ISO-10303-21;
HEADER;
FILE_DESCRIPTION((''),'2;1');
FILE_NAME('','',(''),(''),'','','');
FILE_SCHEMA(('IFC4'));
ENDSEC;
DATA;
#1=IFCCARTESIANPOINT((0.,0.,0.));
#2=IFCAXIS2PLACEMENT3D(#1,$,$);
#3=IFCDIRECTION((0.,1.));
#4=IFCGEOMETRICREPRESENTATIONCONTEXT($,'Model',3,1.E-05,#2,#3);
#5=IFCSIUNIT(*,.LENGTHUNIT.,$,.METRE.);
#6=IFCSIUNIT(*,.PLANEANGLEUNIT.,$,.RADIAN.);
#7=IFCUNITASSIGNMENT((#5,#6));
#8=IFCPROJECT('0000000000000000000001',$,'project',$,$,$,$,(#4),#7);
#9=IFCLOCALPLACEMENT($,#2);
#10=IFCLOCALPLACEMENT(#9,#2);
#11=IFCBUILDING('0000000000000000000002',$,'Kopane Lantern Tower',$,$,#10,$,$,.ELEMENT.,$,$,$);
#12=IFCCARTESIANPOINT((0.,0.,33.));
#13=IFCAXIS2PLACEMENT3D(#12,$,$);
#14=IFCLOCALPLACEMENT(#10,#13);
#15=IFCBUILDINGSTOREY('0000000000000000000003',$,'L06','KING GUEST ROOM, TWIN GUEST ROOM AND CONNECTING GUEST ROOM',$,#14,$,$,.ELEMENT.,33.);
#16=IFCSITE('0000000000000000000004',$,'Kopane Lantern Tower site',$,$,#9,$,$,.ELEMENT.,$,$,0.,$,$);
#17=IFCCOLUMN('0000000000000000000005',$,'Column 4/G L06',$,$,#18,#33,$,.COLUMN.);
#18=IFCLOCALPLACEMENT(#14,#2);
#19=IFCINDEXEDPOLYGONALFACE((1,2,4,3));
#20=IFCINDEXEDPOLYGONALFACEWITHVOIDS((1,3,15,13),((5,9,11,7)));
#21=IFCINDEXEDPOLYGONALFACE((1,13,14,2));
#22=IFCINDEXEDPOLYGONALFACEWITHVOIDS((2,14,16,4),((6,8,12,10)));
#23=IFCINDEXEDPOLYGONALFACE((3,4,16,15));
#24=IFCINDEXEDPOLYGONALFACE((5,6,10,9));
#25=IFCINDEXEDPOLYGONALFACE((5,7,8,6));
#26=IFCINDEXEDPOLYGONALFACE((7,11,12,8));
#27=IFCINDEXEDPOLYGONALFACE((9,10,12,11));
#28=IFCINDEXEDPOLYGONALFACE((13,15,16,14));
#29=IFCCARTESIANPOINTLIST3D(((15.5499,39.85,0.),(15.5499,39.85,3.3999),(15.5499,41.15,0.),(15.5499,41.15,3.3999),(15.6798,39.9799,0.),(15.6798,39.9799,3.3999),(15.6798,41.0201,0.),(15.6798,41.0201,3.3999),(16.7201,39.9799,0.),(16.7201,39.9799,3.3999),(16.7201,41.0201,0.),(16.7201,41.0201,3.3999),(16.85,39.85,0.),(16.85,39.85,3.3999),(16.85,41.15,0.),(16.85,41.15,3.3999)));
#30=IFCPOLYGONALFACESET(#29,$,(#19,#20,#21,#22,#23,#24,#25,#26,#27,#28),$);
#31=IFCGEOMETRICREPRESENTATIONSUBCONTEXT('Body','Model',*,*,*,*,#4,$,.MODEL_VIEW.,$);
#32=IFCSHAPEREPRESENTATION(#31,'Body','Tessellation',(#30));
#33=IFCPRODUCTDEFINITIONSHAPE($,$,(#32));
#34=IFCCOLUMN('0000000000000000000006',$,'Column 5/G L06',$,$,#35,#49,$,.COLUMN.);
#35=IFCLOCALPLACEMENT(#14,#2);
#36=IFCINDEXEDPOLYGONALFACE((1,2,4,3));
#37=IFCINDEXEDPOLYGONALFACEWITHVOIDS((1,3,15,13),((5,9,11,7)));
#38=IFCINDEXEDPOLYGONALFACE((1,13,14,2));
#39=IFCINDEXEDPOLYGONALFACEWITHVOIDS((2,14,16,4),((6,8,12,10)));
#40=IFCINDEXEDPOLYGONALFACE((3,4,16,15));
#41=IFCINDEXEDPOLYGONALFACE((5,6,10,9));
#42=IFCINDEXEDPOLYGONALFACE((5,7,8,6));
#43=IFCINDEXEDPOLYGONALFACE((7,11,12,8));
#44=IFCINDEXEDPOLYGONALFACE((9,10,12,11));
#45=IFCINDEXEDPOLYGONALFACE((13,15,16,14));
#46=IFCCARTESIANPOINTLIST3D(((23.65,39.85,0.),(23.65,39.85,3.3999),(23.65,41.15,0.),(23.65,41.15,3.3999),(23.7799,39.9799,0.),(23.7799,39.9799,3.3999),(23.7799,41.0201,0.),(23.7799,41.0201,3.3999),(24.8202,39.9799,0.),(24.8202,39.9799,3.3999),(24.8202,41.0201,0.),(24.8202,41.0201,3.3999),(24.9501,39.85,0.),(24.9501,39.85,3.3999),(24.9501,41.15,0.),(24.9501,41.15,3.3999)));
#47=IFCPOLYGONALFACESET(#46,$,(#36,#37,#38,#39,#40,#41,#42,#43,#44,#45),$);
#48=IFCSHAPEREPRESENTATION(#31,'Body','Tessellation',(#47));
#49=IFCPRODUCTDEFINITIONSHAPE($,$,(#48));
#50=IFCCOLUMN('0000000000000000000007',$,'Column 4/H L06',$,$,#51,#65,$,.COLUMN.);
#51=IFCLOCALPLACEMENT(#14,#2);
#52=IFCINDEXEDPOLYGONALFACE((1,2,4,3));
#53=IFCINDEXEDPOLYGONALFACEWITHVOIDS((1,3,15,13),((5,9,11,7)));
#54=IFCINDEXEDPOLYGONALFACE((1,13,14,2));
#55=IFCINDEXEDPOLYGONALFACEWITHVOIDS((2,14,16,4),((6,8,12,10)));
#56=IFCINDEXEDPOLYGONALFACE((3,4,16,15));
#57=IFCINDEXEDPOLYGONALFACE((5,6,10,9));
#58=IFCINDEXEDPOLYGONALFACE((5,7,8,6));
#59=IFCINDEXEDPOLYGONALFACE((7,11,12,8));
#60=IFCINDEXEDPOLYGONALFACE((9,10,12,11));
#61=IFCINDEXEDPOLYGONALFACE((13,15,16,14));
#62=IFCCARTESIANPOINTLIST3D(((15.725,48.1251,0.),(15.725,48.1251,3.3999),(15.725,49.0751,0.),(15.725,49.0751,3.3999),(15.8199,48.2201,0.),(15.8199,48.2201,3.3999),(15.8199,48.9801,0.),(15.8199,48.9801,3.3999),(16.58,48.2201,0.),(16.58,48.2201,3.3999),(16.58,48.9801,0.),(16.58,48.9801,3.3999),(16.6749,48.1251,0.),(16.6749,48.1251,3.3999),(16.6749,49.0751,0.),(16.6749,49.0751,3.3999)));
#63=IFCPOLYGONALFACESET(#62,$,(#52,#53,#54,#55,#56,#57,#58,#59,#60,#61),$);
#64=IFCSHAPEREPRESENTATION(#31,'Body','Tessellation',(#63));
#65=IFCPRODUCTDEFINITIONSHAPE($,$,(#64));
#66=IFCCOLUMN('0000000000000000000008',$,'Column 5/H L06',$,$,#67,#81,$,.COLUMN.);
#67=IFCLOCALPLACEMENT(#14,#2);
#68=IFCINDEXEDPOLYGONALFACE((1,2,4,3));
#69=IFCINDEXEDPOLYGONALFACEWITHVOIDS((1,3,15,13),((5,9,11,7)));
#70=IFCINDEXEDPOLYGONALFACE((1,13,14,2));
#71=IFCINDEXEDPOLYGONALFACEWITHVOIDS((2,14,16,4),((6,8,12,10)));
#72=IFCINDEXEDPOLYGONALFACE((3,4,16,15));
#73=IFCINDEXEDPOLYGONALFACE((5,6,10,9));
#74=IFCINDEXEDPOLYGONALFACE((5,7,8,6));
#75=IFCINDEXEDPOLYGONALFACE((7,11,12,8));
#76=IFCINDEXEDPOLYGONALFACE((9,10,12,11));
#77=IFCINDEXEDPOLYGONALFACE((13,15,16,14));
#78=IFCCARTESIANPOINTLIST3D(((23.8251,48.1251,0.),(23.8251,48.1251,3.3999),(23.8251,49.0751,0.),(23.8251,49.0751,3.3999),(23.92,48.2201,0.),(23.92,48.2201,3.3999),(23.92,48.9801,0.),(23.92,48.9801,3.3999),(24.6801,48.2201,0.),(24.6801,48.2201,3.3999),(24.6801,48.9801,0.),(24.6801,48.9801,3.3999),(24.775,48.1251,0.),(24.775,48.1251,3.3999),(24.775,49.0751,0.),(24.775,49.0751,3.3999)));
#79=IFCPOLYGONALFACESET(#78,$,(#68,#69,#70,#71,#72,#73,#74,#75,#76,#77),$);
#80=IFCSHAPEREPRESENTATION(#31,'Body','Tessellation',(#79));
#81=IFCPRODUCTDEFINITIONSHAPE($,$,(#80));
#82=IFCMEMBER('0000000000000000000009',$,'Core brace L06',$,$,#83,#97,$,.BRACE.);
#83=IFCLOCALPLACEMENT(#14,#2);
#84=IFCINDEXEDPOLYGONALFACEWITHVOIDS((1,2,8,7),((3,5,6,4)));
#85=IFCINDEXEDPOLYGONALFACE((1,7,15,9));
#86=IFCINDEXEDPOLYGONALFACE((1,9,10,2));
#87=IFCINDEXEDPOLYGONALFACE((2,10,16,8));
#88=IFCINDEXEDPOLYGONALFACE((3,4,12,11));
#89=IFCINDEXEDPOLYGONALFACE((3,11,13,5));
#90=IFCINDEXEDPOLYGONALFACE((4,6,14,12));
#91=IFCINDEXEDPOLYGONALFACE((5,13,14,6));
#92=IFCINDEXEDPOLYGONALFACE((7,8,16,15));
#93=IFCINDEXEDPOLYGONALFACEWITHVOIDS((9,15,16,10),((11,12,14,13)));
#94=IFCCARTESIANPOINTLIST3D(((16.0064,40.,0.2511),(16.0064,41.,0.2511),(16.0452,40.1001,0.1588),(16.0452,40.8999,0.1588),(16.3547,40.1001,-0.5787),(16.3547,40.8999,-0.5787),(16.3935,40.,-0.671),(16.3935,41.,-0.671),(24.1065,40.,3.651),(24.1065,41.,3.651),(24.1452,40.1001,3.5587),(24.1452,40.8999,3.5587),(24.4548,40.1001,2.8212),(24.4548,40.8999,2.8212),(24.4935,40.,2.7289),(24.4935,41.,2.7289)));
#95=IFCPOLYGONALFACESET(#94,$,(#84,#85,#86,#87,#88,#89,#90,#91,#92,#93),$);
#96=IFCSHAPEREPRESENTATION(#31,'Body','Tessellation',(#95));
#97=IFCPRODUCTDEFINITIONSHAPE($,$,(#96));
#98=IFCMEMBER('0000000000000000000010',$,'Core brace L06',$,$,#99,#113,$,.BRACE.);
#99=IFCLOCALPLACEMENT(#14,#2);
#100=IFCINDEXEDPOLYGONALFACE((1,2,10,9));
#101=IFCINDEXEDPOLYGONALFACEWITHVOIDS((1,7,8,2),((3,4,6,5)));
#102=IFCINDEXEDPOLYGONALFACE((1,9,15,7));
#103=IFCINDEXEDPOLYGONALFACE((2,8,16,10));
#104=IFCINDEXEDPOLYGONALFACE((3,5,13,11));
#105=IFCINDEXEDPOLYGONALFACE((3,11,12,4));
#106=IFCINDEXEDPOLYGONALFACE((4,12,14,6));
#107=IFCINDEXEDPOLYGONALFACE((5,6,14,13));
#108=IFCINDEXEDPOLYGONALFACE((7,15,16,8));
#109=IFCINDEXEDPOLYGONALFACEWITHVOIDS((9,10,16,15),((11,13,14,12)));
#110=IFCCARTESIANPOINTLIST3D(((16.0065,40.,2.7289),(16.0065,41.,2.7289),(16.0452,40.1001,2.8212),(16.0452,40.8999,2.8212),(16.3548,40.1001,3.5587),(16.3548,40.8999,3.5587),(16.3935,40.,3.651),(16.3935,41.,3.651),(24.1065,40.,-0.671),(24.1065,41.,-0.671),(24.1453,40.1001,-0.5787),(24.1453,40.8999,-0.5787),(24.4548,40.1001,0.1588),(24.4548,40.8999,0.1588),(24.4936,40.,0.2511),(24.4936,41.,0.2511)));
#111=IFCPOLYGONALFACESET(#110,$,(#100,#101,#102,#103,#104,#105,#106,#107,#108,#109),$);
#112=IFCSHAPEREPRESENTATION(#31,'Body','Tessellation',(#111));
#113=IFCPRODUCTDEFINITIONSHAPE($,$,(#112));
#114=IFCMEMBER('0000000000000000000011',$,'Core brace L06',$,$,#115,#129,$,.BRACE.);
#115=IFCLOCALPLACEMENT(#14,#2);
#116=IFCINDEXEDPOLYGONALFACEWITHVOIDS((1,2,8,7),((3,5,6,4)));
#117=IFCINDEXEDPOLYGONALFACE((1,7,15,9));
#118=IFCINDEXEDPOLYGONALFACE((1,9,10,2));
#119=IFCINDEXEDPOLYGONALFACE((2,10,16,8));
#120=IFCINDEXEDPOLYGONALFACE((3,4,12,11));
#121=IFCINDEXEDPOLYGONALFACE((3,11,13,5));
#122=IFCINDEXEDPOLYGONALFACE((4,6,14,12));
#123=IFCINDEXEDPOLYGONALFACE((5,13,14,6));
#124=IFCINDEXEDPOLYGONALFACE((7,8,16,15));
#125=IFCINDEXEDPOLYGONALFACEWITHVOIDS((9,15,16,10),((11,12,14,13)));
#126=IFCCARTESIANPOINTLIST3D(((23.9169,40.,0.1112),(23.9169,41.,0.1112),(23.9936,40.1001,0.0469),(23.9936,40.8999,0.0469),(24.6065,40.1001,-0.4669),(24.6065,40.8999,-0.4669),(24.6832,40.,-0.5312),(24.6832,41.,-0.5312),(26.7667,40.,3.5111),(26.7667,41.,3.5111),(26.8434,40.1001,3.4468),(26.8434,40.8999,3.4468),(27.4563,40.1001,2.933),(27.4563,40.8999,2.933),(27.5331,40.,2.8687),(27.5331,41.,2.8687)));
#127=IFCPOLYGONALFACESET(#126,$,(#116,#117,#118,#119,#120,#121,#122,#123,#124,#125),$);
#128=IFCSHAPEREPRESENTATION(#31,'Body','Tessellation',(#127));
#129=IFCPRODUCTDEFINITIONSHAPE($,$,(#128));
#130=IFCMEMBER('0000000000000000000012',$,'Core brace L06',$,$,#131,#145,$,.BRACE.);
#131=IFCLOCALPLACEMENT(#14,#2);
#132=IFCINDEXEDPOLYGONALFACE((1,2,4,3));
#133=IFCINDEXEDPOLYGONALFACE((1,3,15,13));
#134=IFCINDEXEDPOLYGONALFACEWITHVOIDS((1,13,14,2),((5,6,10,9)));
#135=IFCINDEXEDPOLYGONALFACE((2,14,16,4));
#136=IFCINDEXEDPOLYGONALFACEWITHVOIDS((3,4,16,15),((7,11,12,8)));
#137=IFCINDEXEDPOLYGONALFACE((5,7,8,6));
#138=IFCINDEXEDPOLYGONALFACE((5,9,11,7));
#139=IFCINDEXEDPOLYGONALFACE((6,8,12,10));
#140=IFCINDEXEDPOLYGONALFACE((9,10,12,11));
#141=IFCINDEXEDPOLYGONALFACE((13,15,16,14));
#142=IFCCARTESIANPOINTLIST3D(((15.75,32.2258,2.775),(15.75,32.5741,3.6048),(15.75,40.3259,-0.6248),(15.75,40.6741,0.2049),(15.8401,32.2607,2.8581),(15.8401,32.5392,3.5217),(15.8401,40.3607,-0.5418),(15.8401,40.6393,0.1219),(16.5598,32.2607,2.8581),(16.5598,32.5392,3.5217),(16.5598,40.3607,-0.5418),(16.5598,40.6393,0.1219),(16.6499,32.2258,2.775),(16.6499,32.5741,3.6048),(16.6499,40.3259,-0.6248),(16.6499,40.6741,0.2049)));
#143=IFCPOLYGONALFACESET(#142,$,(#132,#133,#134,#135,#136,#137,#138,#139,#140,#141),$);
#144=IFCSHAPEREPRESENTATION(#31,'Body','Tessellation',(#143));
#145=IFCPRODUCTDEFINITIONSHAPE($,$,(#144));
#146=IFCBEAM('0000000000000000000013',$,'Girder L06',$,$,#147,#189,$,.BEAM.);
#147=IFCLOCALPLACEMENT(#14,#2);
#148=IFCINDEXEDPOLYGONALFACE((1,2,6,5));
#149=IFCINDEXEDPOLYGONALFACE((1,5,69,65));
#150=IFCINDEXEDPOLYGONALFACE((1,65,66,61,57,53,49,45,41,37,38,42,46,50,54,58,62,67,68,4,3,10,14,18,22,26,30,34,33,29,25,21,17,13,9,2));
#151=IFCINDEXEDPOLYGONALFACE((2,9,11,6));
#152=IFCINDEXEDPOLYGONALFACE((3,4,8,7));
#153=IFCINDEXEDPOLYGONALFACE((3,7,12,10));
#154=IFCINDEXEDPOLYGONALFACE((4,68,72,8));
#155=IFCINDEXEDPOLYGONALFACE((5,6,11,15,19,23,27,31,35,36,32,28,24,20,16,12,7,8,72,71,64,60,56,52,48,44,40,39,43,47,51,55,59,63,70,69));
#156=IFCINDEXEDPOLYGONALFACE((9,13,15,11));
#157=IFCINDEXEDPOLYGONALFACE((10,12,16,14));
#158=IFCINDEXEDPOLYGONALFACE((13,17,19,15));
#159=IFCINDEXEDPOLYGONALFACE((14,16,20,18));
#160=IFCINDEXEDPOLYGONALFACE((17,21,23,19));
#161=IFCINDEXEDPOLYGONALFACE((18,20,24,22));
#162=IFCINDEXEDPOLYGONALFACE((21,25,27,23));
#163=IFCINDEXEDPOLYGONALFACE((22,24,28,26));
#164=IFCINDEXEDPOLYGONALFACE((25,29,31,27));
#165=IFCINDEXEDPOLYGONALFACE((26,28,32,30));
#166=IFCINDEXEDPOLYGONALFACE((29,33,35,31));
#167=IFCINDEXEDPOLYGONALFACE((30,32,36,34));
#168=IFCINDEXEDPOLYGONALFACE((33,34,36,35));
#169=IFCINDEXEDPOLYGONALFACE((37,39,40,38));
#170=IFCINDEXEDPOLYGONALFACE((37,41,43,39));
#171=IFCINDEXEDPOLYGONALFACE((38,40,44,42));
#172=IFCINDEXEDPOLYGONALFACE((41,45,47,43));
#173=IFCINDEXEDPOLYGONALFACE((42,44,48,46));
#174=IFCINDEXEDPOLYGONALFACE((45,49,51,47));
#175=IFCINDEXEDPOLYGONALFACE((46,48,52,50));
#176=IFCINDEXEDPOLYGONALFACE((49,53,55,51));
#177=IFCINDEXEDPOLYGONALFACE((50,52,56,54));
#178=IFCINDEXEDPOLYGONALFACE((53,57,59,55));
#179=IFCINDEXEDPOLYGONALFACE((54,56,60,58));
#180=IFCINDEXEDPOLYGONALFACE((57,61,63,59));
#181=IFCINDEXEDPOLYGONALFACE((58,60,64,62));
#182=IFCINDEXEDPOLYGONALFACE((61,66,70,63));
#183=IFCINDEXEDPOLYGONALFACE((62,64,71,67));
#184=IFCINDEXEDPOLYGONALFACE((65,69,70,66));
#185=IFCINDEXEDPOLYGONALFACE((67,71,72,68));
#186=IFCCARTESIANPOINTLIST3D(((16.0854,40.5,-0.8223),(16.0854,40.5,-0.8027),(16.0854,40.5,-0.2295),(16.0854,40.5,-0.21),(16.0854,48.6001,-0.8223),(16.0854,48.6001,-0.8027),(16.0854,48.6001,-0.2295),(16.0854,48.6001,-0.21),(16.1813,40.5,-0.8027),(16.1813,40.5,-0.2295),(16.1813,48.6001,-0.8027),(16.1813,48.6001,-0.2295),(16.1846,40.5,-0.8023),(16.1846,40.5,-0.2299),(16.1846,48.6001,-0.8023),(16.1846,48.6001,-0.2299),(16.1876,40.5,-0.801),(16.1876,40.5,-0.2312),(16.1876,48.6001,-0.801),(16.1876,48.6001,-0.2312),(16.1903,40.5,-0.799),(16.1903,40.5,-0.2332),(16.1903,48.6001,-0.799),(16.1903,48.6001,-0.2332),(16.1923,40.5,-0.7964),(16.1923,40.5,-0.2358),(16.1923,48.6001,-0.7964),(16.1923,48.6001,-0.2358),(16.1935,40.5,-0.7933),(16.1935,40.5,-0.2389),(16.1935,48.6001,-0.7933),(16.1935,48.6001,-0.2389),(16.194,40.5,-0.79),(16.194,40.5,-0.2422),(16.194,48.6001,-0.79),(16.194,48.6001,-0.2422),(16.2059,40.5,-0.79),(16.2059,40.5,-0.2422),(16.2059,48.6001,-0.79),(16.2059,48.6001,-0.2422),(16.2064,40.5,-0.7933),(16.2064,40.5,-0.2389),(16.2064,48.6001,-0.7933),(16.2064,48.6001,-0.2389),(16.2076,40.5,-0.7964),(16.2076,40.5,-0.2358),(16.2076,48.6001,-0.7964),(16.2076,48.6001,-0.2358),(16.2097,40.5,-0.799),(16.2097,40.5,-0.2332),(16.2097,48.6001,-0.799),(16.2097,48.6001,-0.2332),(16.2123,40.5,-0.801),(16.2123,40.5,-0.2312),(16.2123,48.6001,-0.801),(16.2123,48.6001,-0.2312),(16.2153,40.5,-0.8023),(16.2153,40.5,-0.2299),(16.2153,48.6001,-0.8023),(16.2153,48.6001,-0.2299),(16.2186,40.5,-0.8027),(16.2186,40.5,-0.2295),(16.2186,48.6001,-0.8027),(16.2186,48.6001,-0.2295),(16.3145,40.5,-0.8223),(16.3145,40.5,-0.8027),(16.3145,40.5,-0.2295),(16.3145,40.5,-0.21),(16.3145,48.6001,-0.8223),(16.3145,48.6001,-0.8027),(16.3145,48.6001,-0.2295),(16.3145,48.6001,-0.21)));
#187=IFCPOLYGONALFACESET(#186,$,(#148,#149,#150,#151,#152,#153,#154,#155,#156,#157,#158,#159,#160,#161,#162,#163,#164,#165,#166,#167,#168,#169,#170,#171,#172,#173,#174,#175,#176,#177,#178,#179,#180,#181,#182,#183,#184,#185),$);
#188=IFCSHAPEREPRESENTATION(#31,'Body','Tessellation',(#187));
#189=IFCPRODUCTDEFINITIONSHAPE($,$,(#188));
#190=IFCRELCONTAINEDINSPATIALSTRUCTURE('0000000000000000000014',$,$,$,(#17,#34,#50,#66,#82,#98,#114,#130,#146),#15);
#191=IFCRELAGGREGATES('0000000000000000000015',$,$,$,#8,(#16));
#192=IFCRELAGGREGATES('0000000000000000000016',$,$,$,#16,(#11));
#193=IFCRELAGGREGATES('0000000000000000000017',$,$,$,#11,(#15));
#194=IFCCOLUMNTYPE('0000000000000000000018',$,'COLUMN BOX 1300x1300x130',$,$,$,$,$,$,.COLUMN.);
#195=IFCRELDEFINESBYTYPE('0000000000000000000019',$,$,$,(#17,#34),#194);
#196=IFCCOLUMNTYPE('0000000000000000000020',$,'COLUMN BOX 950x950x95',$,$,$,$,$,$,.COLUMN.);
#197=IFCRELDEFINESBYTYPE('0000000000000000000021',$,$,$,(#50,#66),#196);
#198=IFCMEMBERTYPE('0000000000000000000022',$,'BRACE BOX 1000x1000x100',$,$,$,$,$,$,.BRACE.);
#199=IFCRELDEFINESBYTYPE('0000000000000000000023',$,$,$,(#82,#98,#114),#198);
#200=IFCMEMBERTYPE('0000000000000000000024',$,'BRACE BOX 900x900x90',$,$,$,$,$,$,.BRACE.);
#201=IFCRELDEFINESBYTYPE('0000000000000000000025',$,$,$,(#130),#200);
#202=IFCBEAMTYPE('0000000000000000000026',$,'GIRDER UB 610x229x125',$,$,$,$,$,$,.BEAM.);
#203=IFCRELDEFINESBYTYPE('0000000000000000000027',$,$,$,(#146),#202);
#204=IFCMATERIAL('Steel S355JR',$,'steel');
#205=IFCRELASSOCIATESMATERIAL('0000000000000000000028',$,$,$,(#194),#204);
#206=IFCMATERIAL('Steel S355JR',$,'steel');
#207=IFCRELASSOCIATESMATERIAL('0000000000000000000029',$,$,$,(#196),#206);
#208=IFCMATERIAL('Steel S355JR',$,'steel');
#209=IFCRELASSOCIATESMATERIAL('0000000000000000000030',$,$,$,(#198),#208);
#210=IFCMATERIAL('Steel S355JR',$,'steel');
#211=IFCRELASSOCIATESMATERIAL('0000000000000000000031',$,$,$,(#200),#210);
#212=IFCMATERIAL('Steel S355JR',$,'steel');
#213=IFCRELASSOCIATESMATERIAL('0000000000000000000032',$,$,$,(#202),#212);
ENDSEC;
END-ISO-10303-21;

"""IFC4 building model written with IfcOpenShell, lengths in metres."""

from ifc_helpers import new_model, si_unit, direction, frame, origin, origin_2d, place, context, subcontext, project, spatial, hollow_rectangle, i_section, extrude, material, material_profile, profile_set, type_object, element, save


model = new_model("IFC4")

# Units and contexts
model_context = context("Model", 3, precision=1e-05, world=origin(), true_north=direction((0.0, 1.0)))
body_context = subcontext(model_context, "Body", "Model", "MODEL_VIEW")
ifc_project = project(units=[si_unit("LENGTHUNIT", "METRE"), si_unit("PLANEANGLEUNIT", "RADIAN")], contexts=[model_context])

# Site, building, storey
site_placement = place(None, origin())
site = spatial("IfcSite", under=ifc_project, at=site_placement, Name="Kopane Lantern Tower site", CompositionType="ELEMENT", RefElevation=0.0)
building_placement = place(site_placement, origin())
building = spatial("IfcBuilding", under=site, at=building_placement, Name="Kopane Lantern Tower", CompositionType="ELEMENT")
storey_placement = place(building_placement, frame((0.0, 0.0, 33.0)))
storey = spatial("IfcBuildingStorey", under=building, at=storey_placement, Name="L06", Description="KING GUEST ROOM, TWIN GUEST ROOM AND CONNECTING GUEST ROOM", CompositionType="ELEMENT", Elevation=33.0)

# Columns
ifc_material_1 = material(Name="Steel S355JR", Category="steel")
ifc_material_profile_1 = material_profile(ifc_material_1, hollow_rectangle(XDim=1.3, YDim=1.3, WallThickness=0.1299, at=origin_2d()), Name="BOX 1300x1300x130")
ifc_profile_set_1 = profile_set([ifc_material_profile_1], Name="Steel S355JR")
column_type_1 = type_object("IfcColumnType", Name="COLUMN BOX 1300x1300x130", PredefinedType="COLUMN", material=ifc_profile_set_1)
for number, where, z_axis, x_axis, name in (
    (1, (16.2, 40.5, 0.0), (0.0, 0.0, 1.0), (1.0, 0.0, 0.0), "Column 4/G L06"),
    (2, (24.3, 40.5, 0.0), (0.0, 0.0, 1.0), (1.0, 0.0, 0.0), "Column 5/G L06"),
):
    element("IfcColumn", number, at=place(storey_placement, frame(where, z_axis=z_axis, x_axis=x_axis)), inside=storey, type_object=column_type_1, Name=name, PredefinedType="COLUMN", context=body_context, shape_type="SweptSolid", body=[
        extrude(hollow_rectangle(XDim=1.3, YDim=1.3, WallThickness=0.1299, at=origin_2d()), origin(), (0.0, 0.0, 1.0), 3.3999),
    ])
ifc_material_2 = material(Name="Steel S355JR", Category="steel")
ifc_material_profile_2 = material_profile(ifc_material_2, hollow_rectangle(XDim=0.95, YDim=0.95, WallThickness=0.095, at=origin_2d()), Name="BOX 950x950x95")
ifc_profile_set_2 = profile_set([ifc_material_profile_2], Name="Steel S355JR")
column_type_2 = type_object("IfcColumnType", Name="COLUMN BOX 950x950x95", PredefinedType="COLUMN", material=ifc_profile_set_2)
for number, where, z_axis, x_axis, name in (
    (3, (16.2, 48.6001, 0.0), (0.0, 0.0, 1.0), (1.0, 0.0, 0.0), "Column 4/H L06"),
    (4, (24.3, 48.6001, 0.0), (0.0, 0.0, 1.0), (1.0, 0.0, 0.0), "Column 5/H L06"),
):
    element("IfcColumn", number, at=place(storey_placement, frame(where, z_axis=z_axis, x_axis=x_axis)), inside=storey, type_object=column_type_2, Name=name, PredefinedType="COLUMN", context=body_context, shape_type="SweptSolid", body=[
        extrude(hollow_rectangle(XDim=0.95, YDim=0.95, WallThickness=0.095, at=origin_2d()), origin(), (0.0, 0.0, 1.0), 3.3999),
    ])

# Members
ifc_material_3 = material(Name="Steel S355JR", Category="steel")
ifc_material_profile_3 = material_profile(ifc_material_3, hollow_rectangle(XDim=1.0, YDim=1.0, WallThickness=0.1001, at=origin_2d()), Name="BOX 1000x1000x100")
ifc_profile_set_3 = profile_set([ifc_material_profile_3], Name="Steel S355JR")
member_type_1 = type_object("IfcMemberType", Name="BRACE BOX 1000x1000x100", PredefinedType="BRACE", material=ifc_profile_set_3)
for number, where, z_axis, x_axis, name in (
    (5, (16.2, 40.5, -0.21), (0.922069, 0.0, 0.387026), (0.0, 1.0, 0.0), "Core brace L06"),
    (6, (24.3, 40.5, -0.21), (-0.922069, 0.0, 0.387026), (0.0, -1.0, 0.0), "Core brace L06"),
):
    element("IfcMember", number, at=place(storey_placement, frame(where, z_axis=z_axis, x_axis=x_axis)), inside=storey, type_object=member_type_1, Name=name, PredefinedType="BRACE", context=body_context, shape_type="SweptSolid", body=[
        extrude(hollow_rectangle(XDim=1.0, YDim=1.0, WallThickness=0.1001, at=origin_2d()), origin(), (0.0, 0.0, 1.0), 8.7847),
    ])
member_1_placement = place(storey_placement, frame((24.3, 40.5, -0.21), z_axis=(0.64239, 0.0, 0.766378), x_axis=(0.0, 1.0, 0.0)))
element("IfcMember", 7, at=member_1_placement, inside=storey, type_object=member_type_1, Name="Core brace L06", PredefinedType="BRACE", context=body_context, shape_type="SweptSolid", body=[
    extrude(hollow_rectangle(XDim=1.0, YDim=1.0, WallThickness=0.1001, at=origin_2d()), origin(), (0.0, 0.0, 1.0), 4.4363),
])
ifc_material_4 = material(Name="Steel S355JR", Category="steel")
ifc_material_profile_4 = material_profile(ifc_material_4, hollow_rectangle(XDim=0.8999, YDim=0.8999, WallThickness=0.0901, at=origin_2d()), Name="BOX 900x900x90")
ifc_profile_set_4 = profile_set([ifc_material_profile_4], Name="Steel S355JR")
member_type_2 = type_object("IfcMemberType", Name="BRACE BOX 900x900x90", PredefinedType="BRACE", material=ifc_profile_set_4)
member_2_placement = place(storey_placement, frame((16.2, 40.5, -0.21), z_axis=(0.0, -0.922069, 0.387026), x_axis=(1.0, 0.0, 0.0)))
element("IfcMember", 8, at=member_2_placement, inside=storey, type_object=member_type_2, Name="Core brace L06", PredefinedType="BRACE", context=body_context, shape_type="SweptSolid", body=[
    extrude(hollow_rectangle(XDim=0.8999, YDim=0.8999, WallThickness=0.0901, at=origin_2d()), origin(), (0.0, 0.0, 1.0), 8.7847),
])

# Beam
ifc_material_5 = material(Name="Steel S355JR", Category="steel")
ifc_material_profile_5 = material_profile(ifc_material_5, i_section(OverallWidth=0.229, OverallDepth=0.6123, WebThickness=0.012, FlangeThickness=0.0195, FilletRadius=0.0127, at=origin_2d()), Name="UB 610x229x125")
ifc_profile_set_5 = profile_set([ifc_material_profile_5], Name="Steel S355JR")
beam_type_1 = type_object("IfcBeamType", Name="GIRDER UB 610x229x125", PredefinedType="BEAM", material=ifc_profile_set_5)
for number, where, z_axis, x_axis, name in (
    (9, (16.2, 40.5, -0.5161), (0.0, 1.0, 0.0), (-1.0, 0.0, 0.0), "Girder L06"),
):
    element("IfcBeam", number, at=place(storey_placement, frame(where, z_axis=z_axis, x_axis=x_axis)), inside=storey, type_object=beam_type_1, Name=name, PredefinedType="BEAM", context=body_context, shape_type="SweptSolid", body=[
        extrude(i_section(OverallWidth=0.229, OverallDepth=0.6123, WebThickness=0.012, FlangeThickness=0.0195, FilletRadius=0.0127, at=origin_2d()), origin(), (0.0, 0.0, 1.0), 8.1001),
    ])

save(model, "model.ifc")
